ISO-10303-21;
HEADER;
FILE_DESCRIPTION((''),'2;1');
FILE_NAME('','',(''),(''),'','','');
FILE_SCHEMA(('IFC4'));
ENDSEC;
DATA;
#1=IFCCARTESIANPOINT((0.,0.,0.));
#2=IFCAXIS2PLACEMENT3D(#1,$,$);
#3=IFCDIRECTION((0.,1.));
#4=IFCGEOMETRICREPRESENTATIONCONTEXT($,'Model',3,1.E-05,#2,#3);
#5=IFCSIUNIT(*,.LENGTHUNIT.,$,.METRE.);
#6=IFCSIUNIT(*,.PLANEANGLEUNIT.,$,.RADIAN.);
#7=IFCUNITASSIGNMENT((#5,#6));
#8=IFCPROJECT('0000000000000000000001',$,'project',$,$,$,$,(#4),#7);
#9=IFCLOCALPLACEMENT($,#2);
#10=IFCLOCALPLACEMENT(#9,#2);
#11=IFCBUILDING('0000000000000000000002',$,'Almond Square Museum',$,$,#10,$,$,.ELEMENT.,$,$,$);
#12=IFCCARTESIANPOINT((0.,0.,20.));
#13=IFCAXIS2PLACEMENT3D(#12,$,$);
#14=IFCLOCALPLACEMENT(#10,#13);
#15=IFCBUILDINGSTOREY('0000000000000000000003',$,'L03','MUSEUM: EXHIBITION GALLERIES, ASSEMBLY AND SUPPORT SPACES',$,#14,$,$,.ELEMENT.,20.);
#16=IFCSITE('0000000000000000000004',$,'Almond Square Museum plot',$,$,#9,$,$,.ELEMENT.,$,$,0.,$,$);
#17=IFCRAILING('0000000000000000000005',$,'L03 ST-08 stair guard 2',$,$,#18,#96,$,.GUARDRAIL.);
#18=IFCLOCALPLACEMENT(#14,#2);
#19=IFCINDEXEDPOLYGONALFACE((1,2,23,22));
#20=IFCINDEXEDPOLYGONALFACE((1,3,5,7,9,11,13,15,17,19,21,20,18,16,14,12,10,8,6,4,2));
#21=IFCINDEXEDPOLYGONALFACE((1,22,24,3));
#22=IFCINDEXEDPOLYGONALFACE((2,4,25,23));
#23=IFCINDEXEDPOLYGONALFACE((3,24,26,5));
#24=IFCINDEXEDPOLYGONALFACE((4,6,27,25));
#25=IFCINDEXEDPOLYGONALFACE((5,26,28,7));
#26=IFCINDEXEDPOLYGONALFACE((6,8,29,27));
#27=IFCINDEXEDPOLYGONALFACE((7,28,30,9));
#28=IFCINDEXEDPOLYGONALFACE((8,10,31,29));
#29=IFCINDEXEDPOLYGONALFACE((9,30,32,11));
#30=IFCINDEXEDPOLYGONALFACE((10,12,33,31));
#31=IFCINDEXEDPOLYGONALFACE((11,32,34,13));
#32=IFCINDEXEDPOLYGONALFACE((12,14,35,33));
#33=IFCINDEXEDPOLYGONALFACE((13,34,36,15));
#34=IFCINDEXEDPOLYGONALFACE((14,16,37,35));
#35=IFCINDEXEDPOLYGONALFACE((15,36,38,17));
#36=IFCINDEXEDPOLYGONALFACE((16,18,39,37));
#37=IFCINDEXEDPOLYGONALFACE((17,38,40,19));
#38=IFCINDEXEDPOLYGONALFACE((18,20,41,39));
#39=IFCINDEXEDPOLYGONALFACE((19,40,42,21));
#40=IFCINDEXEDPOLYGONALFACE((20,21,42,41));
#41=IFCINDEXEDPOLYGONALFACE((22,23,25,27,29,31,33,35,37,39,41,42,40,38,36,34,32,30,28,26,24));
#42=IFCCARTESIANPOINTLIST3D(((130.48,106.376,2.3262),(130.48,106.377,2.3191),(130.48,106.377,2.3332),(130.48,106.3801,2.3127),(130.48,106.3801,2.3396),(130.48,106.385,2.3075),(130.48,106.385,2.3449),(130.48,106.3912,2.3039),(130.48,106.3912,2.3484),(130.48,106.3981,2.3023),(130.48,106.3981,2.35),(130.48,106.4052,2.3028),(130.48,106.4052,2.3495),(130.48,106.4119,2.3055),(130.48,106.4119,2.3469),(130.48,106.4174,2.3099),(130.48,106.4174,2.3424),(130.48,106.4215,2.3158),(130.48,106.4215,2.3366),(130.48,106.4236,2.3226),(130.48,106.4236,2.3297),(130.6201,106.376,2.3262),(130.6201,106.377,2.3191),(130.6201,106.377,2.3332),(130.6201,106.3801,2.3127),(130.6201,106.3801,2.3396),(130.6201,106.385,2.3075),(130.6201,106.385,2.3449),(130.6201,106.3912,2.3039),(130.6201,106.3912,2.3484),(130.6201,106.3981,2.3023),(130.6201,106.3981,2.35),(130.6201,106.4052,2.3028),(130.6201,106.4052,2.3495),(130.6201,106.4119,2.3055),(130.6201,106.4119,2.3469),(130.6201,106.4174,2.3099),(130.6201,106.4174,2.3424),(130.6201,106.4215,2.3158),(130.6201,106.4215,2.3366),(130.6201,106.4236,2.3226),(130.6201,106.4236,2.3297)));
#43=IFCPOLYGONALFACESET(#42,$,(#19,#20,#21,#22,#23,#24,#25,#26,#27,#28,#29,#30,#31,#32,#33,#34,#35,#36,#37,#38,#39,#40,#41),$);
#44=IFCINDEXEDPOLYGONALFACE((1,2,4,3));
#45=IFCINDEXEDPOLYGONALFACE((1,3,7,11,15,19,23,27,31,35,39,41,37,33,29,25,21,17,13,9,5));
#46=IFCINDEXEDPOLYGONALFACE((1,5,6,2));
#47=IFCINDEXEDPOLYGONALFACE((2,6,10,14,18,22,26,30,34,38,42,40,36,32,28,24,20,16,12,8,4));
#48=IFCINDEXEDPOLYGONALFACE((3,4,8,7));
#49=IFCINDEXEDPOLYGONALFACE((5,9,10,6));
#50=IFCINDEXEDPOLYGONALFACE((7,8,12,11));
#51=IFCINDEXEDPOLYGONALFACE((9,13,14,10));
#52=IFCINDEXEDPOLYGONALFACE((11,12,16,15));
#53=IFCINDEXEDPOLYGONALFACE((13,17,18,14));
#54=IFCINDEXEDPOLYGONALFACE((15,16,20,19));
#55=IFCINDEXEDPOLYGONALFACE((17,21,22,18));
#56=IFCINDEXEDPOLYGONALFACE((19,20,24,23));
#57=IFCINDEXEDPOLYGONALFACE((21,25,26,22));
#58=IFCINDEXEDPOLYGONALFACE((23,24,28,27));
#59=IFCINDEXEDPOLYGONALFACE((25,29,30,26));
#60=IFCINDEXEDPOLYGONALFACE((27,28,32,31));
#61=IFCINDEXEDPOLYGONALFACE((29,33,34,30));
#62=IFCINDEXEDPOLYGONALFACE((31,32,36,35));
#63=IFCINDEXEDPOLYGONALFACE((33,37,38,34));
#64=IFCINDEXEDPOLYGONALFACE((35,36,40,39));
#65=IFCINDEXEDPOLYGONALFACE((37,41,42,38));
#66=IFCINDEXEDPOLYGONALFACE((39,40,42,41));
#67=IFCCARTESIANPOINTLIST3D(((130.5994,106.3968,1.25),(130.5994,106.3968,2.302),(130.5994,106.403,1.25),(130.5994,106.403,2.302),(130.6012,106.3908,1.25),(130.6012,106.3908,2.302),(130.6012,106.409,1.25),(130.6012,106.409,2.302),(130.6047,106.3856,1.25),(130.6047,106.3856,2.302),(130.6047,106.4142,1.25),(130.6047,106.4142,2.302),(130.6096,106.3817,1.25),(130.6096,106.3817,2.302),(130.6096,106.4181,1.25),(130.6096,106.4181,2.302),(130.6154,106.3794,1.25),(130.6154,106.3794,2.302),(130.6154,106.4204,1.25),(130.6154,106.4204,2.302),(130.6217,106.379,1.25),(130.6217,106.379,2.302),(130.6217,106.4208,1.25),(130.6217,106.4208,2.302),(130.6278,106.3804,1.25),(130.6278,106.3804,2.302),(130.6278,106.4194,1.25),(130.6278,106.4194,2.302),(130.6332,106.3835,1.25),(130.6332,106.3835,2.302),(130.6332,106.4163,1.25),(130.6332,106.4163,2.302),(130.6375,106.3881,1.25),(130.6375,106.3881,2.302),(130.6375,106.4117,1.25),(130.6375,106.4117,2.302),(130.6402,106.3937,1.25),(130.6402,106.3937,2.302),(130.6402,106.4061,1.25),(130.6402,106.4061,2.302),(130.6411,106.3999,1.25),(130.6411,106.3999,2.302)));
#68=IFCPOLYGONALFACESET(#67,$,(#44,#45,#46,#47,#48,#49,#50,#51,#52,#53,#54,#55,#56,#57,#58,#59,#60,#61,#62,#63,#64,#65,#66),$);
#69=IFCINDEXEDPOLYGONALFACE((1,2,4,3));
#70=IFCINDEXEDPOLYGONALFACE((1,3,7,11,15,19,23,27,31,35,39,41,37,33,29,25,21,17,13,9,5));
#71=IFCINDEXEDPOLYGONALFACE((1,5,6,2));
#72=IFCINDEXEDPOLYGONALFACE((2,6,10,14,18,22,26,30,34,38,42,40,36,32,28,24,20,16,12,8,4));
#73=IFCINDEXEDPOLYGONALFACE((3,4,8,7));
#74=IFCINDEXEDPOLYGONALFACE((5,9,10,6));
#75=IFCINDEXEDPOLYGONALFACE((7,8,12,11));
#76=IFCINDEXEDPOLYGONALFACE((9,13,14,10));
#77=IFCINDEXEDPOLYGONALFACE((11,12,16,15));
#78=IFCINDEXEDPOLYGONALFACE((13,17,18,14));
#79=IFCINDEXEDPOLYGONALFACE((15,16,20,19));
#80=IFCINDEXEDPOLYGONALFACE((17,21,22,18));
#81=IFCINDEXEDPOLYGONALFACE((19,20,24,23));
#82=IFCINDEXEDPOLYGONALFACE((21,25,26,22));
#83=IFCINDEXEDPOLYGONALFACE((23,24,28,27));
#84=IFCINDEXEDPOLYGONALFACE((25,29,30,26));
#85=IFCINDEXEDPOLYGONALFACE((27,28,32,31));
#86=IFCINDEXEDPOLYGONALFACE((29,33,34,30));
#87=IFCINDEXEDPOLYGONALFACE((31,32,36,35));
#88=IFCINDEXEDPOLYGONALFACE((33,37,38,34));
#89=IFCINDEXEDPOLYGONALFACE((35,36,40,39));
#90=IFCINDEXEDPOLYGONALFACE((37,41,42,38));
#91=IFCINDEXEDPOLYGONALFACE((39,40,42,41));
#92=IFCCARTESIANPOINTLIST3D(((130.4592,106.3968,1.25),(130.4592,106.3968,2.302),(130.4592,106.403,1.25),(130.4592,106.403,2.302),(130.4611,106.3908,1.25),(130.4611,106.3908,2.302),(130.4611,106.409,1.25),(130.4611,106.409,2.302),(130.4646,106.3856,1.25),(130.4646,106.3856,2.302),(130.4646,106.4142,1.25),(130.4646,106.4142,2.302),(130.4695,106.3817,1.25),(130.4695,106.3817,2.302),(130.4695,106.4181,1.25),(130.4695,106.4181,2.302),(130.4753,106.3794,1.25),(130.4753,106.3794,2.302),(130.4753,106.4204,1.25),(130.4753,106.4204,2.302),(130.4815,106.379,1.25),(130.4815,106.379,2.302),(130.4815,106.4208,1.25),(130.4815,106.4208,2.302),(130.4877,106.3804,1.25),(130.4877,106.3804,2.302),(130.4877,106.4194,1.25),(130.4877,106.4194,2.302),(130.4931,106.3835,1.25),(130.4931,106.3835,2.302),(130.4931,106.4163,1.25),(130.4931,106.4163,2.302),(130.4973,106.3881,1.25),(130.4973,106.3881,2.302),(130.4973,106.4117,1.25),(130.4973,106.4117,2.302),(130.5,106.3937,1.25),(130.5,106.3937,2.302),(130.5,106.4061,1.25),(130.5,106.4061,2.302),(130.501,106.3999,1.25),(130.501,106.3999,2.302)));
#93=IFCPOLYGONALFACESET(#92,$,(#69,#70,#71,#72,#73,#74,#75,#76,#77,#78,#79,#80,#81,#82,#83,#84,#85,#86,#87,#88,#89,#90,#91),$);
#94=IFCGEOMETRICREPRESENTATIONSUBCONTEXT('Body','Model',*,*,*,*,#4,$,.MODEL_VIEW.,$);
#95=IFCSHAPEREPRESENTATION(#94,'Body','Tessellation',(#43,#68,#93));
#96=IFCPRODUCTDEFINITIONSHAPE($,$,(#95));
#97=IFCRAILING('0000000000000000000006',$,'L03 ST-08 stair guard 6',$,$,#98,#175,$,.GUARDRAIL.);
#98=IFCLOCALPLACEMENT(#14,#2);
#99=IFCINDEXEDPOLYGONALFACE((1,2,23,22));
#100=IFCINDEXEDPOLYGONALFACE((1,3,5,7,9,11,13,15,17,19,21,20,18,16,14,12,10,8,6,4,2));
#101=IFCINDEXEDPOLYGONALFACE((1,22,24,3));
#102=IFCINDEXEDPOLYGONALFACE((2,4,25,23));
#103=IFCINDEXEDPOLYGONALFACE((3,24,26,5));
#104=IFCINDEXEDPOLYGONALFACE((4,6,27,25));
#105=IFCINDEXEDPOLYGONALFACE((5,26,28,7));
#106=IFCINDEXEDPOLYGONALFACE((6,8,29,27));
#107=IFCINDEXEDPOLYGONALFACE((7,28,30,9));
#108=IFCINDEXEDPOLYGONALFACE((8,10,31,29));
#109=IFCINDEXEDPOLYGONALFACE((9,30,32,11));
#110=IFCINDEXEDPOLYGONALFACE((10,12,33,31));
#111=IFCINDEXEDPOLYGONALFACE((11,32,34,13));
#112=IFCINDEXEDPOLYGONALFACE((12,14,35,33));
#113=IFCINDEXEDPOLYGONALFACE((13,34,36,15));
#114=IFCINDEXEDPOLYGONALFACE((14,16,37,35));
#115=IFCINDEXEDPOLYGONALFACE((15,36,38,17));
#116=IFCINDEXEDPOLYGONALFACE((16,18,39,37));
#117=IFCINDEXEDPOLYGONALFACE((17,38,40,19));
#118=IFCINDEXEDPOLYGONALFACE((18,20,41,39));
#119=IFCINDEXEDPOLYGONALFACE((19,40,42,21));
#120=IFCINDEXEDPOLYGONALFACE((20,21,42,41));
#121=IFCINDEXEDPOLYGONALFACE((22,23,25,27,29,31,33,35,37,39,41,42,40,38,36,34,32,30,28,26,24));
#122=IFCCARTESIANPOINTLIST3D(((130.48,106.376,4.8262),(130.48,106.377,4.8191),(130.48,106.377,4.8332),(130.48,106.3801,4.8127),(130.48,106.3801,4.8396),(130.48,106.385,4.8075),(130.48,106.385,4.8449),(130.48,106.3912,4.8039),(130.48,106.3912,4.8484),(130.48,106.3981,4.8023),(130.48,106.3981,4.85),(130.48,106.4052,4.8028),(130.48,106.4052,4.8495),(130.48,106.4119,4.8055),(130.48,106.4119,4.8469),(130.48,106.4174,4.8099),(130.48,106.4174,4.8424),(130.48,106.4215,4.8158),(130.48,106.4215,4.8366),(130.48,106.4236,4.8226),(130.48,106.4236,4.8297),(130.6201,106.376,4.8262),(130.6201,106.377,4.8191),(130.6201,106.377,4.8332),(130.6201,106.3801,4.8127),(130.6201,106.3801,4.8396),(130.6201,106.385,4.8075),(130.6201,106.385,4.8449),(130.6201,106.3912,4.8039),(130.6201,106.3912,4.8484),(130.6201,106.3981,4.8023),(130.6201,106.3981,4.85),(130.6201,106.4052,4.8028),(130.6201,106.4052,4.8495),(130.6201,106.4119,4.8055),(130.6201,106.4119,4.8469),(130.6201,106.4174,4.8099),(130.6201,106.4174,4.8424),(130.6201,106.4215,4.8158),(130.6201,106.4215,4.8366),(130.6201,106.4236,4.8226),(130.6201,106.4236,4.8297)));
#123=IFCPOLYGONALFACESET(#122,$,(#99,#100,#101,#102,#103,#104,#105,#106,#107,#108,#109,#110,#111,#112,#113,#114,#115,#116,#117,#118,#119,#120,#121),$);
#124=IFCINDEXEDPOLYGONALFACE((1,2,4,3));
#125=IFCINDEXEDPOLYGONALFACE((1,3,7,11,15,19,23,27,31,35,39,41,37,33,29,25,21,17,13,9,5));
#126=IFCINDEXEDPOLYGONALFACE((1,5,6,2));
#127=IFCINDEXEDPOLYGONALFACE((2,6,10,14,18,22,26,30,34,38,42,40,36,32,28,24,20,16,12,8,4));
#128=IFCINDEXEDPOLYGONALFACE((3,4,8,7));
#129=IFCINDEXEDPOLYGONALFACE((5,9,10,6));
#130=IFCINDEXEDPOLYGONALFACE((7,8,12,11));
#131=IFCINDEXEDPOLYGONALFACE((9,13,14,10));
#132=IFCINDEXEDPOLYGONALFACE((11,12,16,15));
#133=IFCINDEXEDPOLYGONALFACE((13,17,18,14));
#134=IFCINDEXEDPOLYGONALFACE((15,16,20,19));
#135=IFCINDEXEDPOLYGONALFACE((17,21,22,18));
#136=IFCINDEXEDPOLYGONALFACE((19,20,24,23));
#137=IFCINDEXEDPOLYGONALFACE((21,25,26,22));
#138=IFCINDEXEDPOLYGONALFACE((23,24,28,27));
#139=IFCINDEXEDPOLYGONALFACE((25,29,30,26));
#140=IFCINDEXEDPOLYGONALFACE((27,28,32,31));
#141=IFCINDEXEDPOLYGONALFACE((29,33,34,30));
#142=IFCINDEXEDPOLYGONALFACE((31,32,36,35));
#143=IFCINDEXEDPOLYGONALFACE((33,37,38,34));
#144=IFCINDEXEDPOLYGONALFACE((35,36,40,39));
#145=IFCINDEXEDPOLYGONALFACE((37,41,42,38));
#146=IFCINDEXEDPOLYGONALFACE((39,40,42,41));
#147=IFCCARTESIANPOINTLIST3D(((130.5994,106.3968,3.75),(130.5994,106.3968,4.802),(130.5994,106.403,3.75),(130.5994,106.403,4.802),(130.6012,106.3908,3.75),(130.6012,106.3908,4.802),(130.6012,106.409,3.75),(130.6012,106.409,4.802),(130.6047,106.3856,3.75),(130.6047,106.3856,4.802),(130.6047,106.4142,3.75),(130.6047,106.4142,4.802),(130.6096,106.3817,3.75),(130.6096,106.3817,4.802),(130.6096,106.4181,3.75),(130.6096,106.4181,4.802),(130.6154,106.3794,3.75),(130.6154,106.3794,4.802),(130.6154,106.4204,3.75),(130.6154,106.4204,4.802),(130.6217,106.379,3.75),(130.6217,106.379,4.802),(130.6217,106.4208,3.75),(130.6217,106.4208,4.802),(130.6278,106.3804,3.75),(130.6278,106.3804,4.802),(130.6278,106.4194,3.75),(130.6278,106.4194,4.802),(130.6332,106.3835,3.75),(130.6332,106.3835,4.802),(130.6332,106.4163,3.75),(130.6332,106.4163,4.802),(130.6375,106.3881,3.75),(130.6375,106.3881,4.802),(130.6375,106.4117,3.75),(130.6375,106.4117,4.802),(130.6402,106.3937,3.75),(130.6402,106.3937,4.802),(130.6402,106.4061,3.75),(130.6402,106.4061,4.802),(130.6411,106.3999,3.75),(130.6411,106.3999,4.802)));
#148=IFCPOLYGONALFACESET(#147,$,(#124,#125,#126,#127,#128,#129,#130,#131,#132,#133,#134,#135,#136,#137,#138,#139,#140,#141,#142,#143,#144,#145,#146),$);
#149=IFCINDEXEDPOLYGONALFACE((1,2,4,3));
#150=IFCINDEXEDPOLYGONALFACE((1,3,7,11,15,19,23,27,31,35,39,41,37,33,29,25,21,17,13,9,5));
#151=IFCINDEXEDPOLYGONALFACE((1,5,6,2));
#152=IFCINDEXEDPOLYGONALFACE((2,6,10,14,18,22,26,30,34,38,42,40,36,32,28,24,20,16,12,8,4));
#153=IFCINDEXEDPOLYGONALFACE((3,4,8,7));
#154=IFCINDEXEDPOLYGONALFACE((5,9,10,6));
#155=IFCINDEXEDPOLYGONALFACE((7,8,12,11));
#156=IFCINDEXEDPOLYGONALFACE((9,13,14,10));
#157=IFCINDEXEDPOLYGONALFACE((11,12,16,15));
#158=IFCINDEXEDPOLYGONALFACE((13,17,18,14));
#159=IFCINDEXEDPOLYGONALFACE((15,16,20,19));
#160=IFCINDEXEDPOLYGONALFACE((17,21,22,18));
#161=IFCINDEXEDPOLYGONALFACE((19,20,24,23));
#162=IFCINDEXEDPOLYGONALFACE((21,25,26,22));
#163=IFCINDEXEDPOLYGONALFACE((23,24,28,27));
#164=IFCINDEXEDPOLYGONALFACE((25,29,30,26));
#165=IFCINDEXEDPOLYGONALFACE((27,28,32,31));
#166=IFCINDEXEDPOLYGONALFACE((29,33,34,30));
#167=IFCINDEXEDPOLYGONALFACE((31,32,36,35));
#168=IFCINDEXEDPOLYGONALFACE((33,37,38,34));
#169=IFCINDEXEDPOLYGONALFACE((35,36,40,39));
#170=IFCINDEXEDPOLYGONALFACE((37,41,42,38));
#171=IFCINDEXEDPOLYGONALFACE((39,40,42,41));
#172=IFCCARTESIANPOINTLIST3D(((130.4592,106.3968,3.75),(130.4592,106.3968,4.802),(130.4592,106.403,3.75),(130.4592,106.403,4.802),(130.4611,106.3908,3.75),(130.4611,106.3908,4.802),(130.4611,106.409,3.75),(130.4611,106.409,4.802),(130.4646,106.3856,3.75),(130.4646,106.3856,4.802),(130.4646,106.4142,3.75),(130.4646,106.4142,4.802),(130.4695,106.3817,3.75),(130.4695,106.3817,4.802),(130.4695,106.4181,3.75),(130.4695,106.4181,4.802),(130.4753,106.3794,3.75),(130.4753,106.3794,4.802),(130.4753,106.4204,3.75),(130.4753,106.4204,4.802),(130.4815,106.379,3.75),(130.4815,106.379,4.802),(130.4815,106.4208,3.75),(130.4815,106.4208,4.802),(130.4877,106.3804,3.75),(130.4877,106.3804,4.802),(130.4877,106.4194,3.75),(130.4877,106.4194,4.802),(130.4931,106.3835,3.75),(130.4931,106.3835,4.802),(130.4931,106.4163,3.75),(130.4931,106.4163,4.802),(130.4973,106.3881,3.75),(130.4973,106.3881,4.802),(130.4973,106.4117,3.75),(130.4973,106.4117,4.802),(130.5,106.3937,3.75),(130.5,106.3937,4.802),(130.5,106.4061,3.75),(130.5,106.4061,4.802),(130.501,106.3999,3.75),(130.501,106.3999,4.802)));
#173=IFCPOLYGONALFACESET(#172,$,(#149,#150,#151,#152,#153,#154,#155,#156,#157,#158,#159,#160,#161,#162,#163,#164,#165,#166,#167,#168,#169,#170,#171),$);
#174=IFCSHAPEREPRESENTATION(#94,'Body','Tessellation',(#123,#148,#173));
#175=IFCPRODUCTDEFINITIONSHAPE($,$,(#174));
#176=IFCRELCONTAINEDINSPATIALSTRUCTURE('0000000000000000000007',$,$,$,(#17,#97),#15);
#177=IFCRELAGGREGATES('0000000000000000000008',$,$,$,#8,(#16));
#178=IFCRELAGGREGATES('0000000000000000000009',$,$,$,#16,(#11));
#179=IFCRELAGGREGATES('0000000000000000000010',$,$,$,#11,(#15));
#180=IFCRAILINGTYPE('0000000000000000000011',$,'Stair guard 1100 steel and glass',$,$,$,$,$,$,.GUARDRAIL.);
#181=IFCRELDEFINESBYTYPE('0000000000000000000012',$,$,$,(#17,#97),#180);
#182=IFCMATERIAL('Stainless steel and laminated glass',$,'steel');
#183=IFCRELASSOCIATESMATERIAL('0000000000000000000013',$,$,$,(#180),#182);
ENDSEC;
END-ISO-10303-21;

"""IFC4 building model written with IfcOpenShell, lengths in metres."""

from ifc_helpers import new_model, si_unit, direction, frame, origin, origin_2d, place, context, subcontext, project, spatial, circle, extrude, material, type_object, element, save


model = new_model("IFC4")

# Units and contexts
model_context = context("Model", 3, precision=1e-05, world=origin(), true_north=direction((0.0, 1.0)))
body_context = subcontext(model_context, "Body", "Model", "MODEL_VIEW")
ifc_project = project(units=[si_unit("LENGTHUNIT", "METRE"), si_unit("PLANEANGLEUNIT", "RADIAN")], contexts=[model_context])

# Site, building, storey
site_placement = place(None, origin())
site = spatial("IfcSite", under=ifc_project, at=site_placement, Name="Almond Square Museum plot", CompositionType="ELEMENT", RefElevation=0.0)
building_placement = place(site_placement, origin())
building = spatial("IfcBuilding", under=site, at=building_placement, Name="Almond Square Museum", CompositionType="ELEMENT")
storey_placement = place(building_placement, frame((0.0, 0.0, 20.0)))
storey = spatial("IfcBuildingStorey", under=building, at=storey_placement, Name="L03", Description="MUSEUM: EXHIBITION GALLERIES, ASSEMBLY AND SUPPORT SPACES", CompositionType="ELEMENT", Elevation=20.0)

# Railings
ifc_material_1 = material(Name="Stainless steel and laminated glass", Category="steel")
railing_type = type_object("IfcRailingType", Name="Stair guard 1100 steel and glass", PredefinedType="GUARDRAIL", material=ifc_material_1)
for number, where, name in (
    (1, (130.6201, 106.3999, 1.25), "L03 ST-08 stair guard 2"),
    (2, (130.6201, 106.3999, 3.75), "L03 ST-08 stair guard 6"),
):
    element("IfcRailing", number, at=place(storey_placement, frame(where)), inside=storey, type_object=railing_type, Name=name, PredefinedType="GUARDRAIL", context=body_context, shape_type="SweptSolid", body=[
        extrude(circle(Radius=0.0239, at=origin_2d()), frame((0.0, 0.0, 1.0762), z_axis=(-1.0, 0.0, 0.0), x_axis=(0.0, -1.0, 0.0)), (0.0, 0.0, 1.0), 0.1401),
        extrude(circle(Radius=0.021, at=origin_2d()), origin(), (0.0, 0.0, 1.0), 1.052),
        extrude(circle(Radius=0.021, at=origin_2d()), frame((-0.1401, 0.0, 0.0)), (0.0, 0.0, 1.0), 1.052),
    ])

save(model, "model.ifc")
